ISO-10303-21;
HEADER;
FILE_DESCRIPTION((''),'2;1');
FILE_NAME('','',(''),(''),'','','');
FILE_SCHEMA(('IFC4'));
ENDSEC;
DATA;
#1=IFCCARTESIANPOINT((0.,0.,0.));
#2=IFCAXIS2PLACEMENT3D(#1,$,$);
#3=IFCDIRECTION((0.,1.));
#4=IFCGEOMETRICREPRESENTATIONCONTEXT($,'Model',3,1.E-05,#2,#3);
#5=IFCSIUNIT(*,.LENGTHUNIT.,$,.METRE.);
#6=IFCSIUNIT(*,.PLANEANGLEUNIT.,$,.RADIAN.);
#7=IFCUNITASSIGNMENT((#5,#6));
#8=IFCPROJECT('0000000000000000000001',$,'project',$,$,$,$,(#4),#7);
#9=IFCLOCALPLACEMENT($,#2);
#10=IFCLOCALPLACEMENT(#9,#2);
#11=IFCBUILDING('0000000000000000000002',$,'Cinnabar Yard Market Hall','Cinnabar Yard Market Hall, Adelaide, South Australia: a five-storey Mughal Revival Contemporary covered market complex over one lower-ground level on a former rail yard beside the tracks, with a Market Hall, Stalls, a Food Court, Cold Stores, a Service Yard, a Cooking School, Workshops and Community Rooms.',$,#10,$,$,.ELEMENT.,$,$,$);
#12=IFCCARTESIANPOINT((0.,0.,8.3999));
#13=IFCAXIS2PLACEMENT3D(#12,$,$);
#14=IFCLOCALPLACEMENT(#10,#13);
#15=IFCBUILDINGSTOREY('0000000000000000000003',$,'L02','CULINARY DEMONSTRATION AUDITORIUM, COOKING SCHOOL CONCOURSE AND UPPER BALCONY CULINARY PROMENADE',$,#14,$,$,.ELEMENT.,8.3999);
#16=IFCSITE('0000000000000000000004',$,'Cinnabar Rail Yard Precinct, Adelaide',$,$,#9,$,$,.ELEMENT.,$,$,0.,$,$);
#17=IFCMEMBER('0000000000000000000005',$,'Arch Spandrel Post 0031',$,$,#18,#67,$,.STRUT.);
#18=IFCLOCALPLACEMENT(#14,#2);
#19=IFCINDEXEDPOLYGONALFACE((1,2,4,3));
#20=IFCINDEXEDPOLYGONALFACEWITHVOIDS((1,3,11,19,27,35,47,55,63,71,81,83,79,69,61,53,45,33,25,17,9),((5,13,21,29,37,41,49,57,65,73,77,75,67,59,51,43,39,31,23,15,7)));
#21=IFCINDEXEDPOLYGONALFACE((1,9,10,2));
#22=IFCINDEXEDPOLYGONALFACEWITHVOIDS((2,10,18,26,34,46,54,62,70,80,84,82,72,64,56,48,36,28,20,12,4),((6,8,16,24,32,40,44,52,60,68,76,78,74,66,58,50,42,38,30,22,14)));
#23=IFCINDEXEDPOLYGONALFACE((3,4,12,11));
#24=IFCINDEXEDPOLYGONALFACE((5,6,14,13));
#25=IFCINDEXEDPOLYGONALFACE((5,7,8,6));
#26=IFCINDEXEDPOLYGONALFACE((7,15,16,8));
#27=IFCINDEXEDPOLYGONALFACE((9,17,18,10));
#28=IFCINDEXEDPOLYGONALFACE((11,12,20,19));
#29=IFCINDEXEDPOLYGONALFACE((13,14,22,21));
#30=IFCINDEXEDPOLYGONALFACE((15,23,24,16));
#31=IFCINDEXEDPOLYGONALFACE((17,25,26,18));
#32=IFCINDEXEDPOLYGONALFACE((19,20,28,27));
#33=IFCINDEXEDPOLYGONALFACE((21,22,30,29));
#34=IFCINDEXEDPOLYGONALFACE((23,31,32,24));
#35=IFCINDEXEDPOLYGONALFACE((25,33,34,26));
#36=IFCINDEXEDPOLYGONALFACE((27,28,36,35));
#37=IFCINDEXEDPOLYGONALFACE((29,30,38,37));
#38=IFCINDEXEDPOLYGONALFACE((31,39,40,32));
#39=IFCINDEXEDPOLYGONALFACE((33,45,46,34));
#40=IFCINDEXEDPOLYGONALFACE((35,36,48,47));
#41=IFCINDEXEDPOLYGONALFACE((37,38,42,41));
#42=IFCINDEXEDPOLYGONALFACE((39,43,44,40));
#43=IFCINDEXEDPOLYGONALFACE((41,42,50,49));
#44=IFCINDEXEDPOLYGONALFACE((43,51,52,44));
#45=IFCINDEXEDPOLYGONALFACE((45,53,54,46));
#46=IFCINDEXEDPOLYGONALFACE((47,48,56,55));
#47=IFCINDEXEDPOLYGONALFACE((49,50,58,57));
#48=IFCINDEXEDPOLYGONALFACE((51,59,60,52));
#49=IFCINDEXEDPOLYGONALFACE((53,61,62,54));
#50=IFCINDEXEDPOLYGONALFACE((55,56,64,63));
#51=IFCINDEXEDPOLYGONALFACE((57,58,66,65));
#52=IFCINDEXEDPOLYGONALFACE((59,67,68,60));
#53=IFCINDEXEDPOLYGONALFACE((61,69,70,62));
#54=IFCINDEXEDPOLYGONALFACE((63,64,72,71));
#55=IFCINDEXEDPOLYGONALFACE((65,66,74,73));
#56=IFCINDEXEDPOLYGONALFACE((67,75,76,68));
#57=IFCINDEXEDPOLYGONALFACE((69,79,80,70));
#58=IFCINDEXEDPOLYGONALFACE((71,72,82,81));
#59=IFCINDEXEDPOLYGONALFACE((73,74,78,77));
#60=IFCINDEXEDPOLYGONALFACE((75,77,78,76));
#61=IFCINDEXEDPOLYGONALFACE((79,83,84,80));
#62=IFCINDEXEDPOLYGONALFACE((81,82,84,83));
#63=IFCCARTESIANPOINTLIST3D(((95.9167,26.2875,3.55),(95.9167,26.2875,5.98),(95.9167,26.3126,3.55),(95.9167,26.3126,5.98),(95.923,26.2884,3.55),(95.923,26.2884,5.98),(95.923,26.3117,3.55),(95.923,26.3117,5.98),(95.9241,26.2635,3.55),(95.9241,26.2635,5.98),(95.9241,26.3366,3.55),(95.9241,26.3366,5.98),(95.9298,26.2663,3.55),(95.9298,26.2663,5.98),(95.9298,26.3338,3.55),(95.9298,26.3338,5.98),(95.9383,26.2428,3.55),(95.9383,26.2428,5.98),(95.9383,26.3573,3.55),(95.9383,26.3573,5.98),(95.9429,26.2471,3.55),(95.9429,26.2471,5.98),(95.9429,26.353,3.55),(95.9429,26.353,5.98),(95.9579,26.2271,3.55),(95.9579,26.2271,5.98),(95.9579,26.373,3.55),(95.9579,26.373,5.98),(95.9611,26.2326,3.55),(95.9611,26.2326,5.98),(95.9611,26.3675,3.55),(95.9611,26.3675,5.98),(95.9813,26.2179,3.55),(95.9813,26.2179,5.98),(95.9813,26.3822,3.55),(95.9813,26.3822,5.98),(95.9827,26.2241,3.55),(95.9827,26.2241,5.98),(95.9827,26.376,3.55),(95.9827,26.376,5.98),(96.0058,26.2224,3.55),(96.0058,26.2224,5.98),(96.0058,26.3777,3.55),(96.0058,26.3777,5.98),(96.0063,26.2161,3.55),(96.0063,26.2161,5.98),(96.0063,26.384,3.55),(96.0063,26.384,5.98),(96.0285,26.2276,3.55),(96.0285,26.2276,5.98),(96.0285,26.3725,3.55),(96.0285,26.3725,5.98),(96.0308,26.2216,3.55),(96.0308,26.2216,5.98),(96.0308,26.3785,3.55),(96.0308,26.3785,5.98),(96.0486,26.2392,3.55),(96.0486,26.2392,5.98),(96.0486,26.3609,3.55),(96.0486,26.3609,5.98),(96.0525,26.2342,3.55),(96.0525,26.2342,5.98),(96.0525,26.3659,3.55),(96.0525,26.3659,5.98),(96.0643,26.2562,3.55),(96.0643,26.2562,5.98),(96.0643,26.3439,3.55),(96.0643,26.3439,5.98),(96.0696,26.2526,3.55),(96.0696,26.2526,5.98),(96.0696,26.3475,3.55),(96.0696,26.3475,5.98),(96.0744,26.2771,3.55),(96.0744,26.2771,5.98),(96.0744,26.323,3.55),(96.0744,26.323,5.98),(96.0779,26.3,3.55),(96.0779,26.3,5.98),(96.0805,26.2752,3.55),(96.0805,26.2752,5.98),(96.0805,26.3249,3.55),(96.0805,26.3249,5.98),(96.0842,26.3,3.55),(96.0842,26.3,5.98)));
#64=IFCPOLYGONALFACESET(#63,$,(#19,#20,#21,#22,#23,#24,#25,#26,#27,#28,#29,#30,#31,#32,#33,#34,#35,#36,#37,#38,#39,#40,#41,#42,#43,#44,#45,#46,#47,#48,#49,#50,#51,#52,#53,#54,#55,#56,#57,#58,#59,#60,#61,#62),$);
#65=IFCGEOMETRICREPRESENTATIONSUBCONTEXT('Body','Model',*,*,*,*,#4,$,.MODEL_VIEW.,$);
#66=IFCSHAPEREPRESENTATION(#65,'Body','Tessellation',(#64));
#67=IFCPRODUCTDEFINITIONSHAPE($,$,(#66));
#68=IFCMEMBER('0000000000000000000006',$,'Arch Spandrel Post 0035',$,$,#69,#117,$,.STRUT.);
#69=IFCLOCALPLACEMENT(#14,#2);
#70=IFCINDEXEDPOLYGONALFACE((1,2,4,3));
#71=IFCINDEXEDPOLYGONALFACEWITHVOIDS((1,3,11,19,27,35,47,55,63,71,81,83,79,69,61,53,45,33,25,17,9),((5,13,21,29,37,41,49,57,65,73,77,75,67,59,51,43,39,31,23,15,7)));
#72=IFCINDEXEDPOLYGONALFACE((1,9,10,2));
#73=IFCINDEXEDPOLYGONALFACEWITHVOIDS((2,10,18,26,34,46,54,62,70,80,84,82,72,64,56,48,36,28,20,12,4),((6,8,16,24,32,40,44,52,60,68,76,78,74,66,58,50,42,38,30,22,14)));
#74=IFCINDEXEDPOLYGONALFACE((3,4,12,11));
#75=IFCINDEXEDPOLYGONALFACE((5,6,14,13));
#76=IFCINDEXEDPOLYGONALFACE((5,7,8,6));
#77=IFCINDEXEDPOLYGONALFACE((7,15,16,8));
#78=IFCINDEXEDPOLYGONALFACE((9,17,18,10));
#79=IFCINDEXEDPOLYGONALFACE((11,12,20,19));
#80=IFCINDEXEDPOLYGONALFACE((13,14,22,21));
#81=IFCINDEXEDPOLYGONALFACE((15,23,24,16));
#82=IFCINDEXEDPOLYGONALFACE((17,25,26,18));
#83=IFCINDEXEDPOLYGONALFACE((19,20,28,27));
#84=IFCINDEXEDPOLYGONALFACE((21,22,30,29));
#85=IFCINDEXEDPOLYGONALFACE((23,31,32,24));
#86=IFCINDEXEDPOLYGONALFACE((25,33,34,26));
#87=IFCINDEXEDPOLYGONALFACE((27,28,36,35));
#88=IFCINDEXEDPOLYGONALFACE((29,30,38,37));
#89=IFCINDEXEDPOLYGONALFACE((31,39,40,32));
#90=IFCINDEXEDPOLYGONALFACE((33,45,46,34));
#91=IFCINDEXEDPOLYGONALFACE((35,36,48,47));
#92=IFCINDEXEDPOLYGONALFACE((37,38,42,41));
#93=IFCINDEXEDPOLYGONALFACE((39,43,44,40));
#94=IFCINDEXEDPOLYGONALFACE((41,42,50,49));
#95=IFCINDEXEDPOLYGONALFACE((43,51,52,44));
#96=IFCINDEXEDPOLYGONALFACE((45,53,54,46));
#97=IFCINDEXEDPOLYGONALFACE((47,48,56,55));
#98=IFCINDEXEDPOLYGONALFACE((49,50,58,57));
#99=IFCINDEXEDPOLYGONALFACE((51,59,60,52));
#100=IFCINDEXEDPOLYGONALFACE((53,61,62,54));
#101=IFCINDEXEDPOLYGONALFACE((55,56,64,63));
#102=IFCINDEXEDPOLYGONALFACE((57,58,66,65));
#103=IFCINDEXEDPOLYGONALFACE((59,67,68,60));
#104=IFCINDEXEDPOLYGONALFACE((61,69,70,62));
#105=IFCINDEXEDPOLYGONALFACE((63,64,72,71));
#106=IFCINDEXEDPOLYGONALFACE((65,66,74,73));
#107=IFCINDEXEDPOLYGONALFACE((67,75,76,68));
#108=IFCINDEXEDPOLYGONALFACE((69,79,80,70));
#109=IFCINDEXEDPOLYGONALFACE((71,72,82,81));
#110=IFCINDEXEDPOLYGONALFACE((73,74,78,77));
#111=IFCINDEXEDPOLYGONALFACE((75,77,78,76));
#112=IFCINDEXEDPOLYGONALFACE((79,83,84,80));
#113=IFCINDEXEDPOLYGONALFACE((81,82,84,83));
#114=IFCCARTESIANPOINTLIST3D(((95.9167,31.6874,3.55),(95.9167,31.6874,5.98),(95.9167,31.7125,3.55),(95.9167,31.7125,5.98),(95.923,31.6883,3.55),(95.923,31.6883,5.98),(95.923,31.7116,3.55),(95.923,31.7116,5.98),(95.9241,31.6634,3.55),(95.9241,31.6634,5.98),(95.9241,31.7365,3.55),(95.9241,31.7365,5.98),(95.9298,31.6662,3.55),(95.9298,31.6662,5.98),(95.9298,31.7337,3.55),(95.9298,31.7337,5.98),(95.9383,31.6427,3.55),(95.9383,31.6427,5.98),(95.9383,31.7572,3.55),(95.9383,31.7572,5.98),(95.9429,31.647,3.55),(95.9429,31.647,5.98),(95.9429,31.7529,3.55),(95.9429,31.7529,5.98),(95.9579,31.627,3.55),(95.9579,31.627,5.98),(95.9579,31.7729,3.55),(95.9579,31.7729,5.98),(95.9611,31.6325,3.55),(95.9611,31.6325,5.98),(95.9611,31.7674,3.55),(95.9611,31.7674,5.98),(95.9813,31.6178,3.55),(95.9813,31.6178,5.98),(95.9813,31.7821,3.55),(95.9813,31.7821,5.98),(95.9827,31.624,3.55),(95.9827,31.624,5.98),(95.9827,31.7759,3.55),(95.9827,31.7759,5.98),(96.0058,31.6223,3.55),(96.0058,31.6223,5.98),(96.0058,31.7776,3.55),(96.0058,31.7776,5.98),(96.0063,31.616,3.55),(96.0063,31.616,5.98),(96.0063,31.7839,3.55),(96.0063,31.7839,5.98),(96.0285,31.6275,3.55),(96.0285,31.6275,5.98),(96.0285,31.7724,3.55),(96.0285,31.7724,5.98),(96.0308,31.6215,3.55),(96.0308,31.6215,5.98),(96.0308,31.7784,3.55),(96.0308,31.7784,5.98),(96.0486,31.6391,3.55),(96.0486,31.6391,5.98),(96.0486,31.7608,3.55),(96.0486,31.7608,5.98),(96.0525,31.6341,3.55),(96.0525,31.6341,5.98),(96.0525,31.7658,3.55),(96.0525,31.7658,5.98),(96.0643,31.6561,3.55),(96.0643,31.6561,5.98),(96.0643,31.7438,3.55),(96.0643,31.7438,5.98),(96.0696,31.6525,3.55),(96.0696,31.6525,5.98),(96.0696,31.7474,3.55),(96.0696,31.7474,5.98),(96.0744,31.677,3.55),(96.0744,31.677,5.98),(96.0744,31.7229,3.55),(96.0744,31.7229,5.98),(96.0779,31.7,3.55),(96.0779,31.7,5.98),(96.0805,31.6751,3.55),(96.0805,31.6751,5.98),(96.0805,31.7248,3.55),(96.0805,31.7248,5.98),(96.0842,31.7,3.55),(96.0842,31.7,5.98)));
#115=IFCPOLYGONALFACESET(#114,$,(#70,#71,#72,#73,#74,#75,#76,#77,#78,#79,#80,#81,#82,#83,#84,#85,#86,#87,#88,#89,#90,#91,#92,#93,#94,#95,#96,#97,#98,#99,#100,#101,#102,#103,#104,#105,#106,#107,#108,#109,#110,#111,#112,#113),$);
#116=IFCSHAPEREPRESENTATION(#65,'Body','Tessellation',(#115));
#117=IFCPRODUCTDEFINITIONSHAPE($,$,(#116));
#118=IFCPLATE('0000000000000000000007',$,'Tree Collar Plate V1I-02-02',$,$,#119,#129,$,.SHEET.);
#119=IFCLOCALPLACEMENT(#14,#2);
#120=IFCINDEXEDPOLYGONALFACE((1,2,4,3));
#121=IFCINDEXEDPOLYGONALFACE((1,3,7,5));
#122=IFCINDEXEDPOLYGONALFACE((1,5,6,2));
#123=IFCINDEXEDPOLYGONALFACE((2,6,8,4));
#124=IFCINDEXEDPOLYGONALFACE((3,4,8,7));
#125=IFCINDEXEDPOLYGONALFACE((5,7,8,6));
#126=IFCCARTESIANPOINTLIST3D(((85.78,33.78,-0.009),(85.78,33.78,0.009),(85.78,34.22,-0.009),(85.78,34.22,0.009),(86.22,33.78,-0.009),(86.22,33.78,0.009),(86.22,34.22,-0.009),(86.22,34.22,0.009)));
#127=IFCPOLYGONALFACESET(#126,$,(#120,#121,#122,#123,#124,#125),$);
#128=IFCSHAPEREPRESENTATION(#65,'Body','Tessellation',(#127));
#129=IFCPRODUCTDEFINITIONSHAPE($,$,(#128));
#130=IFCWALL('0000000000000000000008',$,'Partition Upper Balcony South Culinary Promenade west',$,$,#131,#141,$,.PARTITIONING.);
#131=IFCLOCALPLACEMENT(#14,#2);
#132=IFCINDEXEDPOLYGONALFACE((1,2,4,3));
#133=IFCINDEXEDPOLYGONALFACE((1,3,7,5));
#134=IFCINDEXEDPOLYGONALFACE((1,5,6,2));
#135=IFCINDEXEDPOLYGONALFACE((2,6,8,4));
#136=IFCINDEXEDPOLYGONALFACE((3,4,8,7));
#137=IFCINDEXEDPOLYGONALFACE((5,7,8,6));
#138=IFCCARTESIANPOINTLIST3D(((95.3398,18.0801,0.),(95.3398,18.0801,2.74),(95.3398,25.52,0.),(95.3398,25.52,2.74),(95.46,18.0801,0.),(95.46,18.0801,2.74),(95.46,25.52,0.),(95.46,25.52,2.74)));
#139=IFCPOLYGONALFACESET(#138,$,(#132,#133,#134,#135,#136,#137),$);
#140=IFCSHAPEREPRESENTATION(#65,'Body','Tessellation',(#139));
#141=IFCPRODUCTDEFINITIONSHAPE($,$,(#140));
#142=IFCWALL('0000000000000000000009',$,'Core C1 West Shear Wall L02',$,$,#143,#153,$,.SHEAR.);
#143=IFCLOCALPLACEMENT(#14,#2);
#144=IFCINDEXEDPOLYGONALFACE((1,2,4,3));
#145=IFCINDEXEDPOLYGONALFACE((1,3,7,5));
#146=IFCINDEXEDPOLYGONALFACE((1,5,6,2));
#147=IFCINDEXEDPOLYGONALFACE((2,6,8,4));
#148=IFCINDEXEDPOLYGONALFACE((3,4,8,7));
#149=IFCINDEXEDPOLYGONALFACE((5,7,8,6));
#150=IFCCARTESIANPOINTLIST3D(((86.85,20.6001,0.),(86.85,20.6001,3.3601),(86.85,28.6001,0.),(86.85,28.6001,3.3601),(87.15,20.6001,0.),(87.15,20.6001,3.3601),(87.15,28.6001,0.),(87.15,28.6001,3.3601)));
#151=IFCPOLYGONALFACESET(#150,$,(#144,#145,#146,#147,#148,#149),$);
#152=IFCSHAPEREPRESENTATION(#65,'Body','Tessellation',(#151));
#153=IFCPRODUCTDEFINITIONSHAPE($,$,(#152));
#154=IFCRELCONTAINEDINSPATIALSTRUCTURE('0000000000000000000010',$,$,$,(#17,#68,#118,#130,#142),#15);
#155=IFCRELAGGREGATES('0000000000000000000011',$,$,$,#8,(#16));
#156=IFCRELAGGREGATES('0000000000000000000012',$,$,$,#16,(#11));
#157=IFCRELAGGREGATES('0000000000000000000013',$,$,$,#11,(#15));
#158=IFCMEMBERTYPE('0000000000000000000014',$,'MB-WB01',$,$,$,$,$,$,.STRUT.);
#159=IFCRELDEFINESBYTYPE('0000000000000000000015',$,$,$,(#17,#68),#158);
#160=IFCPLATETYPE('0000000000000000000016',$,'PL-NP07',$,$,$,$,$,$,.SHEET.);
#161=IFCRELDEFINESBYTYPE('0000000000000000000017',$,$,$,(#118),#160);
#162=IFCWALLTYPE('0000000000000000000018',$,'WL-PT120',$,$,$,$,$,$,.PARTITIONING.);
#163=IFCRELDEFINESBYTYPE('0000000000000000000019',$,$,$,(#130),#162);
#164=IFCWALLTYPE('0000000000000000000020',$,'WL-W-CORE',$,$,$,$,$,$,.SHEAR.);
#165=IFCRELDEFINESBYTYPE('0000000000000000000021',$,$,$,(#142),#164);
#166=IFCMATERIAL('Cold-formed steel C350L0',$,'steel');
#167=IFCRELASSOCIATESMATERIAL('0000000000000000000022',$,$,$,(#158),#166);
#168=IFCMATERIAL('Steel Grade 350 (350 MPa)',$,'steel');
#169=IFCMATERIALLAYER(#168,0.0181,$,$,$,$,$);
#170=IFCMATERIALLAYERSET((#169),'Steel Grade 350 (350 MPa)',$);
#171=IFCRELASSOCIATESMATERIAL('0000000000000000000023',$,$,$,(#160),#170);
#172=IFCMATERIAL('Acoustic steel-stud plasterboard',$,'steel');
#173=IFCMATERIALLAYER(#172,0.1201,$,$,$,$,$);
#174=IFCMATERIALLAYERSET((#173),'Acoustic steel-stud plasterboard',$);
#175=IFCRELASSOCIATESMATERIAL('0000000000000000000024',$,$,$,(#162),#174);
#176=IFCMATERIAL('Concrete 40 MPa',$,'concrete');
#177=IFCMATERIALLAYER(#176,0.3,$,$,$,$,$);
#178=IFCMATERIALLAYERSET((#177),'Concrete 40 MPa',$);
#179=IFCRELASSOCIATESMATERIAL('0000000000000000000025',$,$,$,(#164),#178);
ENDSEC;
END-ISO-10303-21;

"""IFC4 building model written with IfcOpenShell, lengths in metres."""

from ifc_helpers import new_model, si_unit, direction, frame, frame_2d, origin, origin_2d_with_axis, place, context, subcontext, project, spatial, rectangle, hollow_circle, extrude, material, layer, layer_set, material_profile, profile_set, type_object, element, save


model = new_model("IFC4")

# Units and contexts
model_context = context("Model", 3, precision=1e-05, world=origin(), true_north=direction((0.0, 1.0)))
body_context = subcontext(model_context, "Body", "Model", "MODEL_VIEW")
ifc_project = project(units=[si_unit("LENGTHUNIT", "METRE"), si_unit("PLANEANGLEUNIT", "RADIAN")], contexts=[model_context])

# Site, building, storey
site_placement = place(None, origin())
site = spatial("IfcSite", under=ifc_project, at=site_placement, Name="Cinnabar Rail Yard Precinct, Adelaide", CompositionType="ELEMENT", RefElevation=0.0)
building_placement = place(site_placement, origin())
building = spatial("IfcBuilding", under=site, at=building_placement, Name="Cinnabar Yard Market Hall", Description="Cinnabar Yard Market Hall, Adelaide, South Australia: a five-storey Mughal Revival Contemporary covered market complex over one lower-ground level on a former rail yard beside the tracks, with a Market Hall, Stalls, a Food Court, Cold Stores, a Service Yard, a Cooking School, Workshops and Community Rooms.", CompositionType="ELEMENT")
storey_placement = place(building_placement, frame((0.0, 0.0, 8.3999)))
storey = spatial("IfcBuildingStorey", under=building, at=storey_placement, Name="L02", Description="CULINARY DEMONSTRATION AUDITORIUM, COOKING SCHOOL CONCOURSE AND UPPER BALCONY CULINARY PROMENADE", CompositionType="ELEMENT", Elevation=8.3999)

# Members
ifc_material_1 = material(Name="Cold-formed steel C350L0", Category="steel")
ifc_material_profile_1 = material_profile(ifc_material_1, hollow_circle(Radius=0.0842, WallThickness=0.0063, at=origin_2d_with_axis()), Name="168.3x6.4CHS")
ifc_profile_set_1 = profile_set([ifc_material_profile_1], Name="Cold-formed steel C350L0")
member_type_1 = type_object("IfcMemberType", Name="MB-WB01", PredefinedType="STRUT", material=ifc_profile_set_1)
for number, where, z_axis, x_axis, name in (
    (1, (96.0, 26.3, 3.55), (0.0, 0.0, 1.0), (1.0, 0.0, 0.0), "Arch Spandrel Post 0031"),
    (2, (96.0, 31.7, 3.55), (0.0, 0.0, 1.0), (1.0, 0.0, 0.0), "Arch Spandrel Post 0035"),
):
    element("IfcMember", number, at=place(storey_placement, frame(where, z_axis=z_axis, x_axis=x_axis)), inside=storey, type_object=member_type_1, Name=name, PredefinedType="STRUT", context=body_context, shape_type="SweptSolid", body=[
        extrude(hollow_circle(Radius=0.0842, WallThickness=0.0063, at=origin_2d_with_axis()), origin(), (0.0, 0.0, 1.0), 2.4299),
    ])

# Plate
ifc_material_2 = material(Name="Steel Grade 350 (350 MPa)", Category="steel")
ifc_layer_1 = layer(ifc_material_2, 0.0181)
ifc_layer_set_1 = layer_set([ifc_layer_1], Name="Steel Grade 350 (350 MPa)")
plate_type = type_object("IfcPlateType", Name="PL-NP07", PredefinedType="SHEET", material=ifc_layer_set_1)
plate_placement = place(storey_placement, frame((86.0, 34.0, -0.009), z_axis=(0.0, 0.0, 1.0), x_axis=(1.0, 0.0, 0.0)))
element("IfcPlate", 3, at=plate_placement, inside=storey, type_object=plate_type, Name="Tree Collar Plate V1I-02-02", PredefinedType="SHEET", context=body_context, shape_type="SweptSolid", body=[
    extrude(rectangle(XDim=0.4399, YDim=0.4399, at=origin_2d_with_axis()), origin(), (0.0, 0.0, 1.0), 0.0181),
])

# Walls
ifc_material_3 = material(Name="Acoustic steel-stud plasterboard", Category="steel")
ifc_layer_2 = layer(ifc_material_3, 0.1201)
ifc_layer_set_2 = layer_set([ifc_layer_2], Name="Acoustic steel-stud plasterboard")
wall_type_1 = type_object("IfcWallType", Name="WL-PT120", PredefinedType="PARTITIONING", material=ifc_layer_set_2)
wall_1_placement = place(storey_placement, frame((95.3999, 25.52, 0.0), z_axis=(0.0, 0.0, 1.0), x_axis=(0.0, -1.0, 0.0)))
element("IfcWall", 4, at=wall_1_placement, inside=storey, type_object=wall_type_1, Name="Partition Upper Balcony South Culinary Promenade west", PredefinedType="PARTITIONING", context=body_context, shape_type="SweptSolid", body=[
    extrude(rectangle(XDim=7.4399, YDim=0.1201, at=frame_2d((3.72, 0.0), x_axis=(1.0, 0.0))), origin(), (0.0, 0.0, 1.0), 2.74),
])
ifc_material_4 = material(Name="Concrete 40 MPa", Category="concrete")
ifc_layer_3 = layer(ifc_material_4, 0.3)
ifc_layer_set_3 = layer_set([ifc_layer_3], Name="Concrete 40 MPa")
wall_type_2 = type_object("IfcWallType", Name="WL-W-CORE", PredefinedType="SHEAR", material=ifc_layer_set_3)
wall_2_placement = place(storey_placement, frame((87.0, 28.6001, 0.0), z_axis=(0.0, 0.0, 1.0), x_axis=(0.0, -1.0, 0.0)))
element("IfcWall", 5, at=wall_2_placement, inside=storey, type_object=wall_type_2, Name="Core C1 West Shear Wall L02", PredefinedType="SHEAR", context=body_context, shape_type="SweptSolid", body=[
    extrude(rectangle(XDim=8.0, YDim=0.3, at=frame_2d((4.0, 0.0), x_axis=(1.0, 0.0))), origin(), (0.0, 0.0, 1.0), 3.3601),
])

save(model, "model.ifc")
